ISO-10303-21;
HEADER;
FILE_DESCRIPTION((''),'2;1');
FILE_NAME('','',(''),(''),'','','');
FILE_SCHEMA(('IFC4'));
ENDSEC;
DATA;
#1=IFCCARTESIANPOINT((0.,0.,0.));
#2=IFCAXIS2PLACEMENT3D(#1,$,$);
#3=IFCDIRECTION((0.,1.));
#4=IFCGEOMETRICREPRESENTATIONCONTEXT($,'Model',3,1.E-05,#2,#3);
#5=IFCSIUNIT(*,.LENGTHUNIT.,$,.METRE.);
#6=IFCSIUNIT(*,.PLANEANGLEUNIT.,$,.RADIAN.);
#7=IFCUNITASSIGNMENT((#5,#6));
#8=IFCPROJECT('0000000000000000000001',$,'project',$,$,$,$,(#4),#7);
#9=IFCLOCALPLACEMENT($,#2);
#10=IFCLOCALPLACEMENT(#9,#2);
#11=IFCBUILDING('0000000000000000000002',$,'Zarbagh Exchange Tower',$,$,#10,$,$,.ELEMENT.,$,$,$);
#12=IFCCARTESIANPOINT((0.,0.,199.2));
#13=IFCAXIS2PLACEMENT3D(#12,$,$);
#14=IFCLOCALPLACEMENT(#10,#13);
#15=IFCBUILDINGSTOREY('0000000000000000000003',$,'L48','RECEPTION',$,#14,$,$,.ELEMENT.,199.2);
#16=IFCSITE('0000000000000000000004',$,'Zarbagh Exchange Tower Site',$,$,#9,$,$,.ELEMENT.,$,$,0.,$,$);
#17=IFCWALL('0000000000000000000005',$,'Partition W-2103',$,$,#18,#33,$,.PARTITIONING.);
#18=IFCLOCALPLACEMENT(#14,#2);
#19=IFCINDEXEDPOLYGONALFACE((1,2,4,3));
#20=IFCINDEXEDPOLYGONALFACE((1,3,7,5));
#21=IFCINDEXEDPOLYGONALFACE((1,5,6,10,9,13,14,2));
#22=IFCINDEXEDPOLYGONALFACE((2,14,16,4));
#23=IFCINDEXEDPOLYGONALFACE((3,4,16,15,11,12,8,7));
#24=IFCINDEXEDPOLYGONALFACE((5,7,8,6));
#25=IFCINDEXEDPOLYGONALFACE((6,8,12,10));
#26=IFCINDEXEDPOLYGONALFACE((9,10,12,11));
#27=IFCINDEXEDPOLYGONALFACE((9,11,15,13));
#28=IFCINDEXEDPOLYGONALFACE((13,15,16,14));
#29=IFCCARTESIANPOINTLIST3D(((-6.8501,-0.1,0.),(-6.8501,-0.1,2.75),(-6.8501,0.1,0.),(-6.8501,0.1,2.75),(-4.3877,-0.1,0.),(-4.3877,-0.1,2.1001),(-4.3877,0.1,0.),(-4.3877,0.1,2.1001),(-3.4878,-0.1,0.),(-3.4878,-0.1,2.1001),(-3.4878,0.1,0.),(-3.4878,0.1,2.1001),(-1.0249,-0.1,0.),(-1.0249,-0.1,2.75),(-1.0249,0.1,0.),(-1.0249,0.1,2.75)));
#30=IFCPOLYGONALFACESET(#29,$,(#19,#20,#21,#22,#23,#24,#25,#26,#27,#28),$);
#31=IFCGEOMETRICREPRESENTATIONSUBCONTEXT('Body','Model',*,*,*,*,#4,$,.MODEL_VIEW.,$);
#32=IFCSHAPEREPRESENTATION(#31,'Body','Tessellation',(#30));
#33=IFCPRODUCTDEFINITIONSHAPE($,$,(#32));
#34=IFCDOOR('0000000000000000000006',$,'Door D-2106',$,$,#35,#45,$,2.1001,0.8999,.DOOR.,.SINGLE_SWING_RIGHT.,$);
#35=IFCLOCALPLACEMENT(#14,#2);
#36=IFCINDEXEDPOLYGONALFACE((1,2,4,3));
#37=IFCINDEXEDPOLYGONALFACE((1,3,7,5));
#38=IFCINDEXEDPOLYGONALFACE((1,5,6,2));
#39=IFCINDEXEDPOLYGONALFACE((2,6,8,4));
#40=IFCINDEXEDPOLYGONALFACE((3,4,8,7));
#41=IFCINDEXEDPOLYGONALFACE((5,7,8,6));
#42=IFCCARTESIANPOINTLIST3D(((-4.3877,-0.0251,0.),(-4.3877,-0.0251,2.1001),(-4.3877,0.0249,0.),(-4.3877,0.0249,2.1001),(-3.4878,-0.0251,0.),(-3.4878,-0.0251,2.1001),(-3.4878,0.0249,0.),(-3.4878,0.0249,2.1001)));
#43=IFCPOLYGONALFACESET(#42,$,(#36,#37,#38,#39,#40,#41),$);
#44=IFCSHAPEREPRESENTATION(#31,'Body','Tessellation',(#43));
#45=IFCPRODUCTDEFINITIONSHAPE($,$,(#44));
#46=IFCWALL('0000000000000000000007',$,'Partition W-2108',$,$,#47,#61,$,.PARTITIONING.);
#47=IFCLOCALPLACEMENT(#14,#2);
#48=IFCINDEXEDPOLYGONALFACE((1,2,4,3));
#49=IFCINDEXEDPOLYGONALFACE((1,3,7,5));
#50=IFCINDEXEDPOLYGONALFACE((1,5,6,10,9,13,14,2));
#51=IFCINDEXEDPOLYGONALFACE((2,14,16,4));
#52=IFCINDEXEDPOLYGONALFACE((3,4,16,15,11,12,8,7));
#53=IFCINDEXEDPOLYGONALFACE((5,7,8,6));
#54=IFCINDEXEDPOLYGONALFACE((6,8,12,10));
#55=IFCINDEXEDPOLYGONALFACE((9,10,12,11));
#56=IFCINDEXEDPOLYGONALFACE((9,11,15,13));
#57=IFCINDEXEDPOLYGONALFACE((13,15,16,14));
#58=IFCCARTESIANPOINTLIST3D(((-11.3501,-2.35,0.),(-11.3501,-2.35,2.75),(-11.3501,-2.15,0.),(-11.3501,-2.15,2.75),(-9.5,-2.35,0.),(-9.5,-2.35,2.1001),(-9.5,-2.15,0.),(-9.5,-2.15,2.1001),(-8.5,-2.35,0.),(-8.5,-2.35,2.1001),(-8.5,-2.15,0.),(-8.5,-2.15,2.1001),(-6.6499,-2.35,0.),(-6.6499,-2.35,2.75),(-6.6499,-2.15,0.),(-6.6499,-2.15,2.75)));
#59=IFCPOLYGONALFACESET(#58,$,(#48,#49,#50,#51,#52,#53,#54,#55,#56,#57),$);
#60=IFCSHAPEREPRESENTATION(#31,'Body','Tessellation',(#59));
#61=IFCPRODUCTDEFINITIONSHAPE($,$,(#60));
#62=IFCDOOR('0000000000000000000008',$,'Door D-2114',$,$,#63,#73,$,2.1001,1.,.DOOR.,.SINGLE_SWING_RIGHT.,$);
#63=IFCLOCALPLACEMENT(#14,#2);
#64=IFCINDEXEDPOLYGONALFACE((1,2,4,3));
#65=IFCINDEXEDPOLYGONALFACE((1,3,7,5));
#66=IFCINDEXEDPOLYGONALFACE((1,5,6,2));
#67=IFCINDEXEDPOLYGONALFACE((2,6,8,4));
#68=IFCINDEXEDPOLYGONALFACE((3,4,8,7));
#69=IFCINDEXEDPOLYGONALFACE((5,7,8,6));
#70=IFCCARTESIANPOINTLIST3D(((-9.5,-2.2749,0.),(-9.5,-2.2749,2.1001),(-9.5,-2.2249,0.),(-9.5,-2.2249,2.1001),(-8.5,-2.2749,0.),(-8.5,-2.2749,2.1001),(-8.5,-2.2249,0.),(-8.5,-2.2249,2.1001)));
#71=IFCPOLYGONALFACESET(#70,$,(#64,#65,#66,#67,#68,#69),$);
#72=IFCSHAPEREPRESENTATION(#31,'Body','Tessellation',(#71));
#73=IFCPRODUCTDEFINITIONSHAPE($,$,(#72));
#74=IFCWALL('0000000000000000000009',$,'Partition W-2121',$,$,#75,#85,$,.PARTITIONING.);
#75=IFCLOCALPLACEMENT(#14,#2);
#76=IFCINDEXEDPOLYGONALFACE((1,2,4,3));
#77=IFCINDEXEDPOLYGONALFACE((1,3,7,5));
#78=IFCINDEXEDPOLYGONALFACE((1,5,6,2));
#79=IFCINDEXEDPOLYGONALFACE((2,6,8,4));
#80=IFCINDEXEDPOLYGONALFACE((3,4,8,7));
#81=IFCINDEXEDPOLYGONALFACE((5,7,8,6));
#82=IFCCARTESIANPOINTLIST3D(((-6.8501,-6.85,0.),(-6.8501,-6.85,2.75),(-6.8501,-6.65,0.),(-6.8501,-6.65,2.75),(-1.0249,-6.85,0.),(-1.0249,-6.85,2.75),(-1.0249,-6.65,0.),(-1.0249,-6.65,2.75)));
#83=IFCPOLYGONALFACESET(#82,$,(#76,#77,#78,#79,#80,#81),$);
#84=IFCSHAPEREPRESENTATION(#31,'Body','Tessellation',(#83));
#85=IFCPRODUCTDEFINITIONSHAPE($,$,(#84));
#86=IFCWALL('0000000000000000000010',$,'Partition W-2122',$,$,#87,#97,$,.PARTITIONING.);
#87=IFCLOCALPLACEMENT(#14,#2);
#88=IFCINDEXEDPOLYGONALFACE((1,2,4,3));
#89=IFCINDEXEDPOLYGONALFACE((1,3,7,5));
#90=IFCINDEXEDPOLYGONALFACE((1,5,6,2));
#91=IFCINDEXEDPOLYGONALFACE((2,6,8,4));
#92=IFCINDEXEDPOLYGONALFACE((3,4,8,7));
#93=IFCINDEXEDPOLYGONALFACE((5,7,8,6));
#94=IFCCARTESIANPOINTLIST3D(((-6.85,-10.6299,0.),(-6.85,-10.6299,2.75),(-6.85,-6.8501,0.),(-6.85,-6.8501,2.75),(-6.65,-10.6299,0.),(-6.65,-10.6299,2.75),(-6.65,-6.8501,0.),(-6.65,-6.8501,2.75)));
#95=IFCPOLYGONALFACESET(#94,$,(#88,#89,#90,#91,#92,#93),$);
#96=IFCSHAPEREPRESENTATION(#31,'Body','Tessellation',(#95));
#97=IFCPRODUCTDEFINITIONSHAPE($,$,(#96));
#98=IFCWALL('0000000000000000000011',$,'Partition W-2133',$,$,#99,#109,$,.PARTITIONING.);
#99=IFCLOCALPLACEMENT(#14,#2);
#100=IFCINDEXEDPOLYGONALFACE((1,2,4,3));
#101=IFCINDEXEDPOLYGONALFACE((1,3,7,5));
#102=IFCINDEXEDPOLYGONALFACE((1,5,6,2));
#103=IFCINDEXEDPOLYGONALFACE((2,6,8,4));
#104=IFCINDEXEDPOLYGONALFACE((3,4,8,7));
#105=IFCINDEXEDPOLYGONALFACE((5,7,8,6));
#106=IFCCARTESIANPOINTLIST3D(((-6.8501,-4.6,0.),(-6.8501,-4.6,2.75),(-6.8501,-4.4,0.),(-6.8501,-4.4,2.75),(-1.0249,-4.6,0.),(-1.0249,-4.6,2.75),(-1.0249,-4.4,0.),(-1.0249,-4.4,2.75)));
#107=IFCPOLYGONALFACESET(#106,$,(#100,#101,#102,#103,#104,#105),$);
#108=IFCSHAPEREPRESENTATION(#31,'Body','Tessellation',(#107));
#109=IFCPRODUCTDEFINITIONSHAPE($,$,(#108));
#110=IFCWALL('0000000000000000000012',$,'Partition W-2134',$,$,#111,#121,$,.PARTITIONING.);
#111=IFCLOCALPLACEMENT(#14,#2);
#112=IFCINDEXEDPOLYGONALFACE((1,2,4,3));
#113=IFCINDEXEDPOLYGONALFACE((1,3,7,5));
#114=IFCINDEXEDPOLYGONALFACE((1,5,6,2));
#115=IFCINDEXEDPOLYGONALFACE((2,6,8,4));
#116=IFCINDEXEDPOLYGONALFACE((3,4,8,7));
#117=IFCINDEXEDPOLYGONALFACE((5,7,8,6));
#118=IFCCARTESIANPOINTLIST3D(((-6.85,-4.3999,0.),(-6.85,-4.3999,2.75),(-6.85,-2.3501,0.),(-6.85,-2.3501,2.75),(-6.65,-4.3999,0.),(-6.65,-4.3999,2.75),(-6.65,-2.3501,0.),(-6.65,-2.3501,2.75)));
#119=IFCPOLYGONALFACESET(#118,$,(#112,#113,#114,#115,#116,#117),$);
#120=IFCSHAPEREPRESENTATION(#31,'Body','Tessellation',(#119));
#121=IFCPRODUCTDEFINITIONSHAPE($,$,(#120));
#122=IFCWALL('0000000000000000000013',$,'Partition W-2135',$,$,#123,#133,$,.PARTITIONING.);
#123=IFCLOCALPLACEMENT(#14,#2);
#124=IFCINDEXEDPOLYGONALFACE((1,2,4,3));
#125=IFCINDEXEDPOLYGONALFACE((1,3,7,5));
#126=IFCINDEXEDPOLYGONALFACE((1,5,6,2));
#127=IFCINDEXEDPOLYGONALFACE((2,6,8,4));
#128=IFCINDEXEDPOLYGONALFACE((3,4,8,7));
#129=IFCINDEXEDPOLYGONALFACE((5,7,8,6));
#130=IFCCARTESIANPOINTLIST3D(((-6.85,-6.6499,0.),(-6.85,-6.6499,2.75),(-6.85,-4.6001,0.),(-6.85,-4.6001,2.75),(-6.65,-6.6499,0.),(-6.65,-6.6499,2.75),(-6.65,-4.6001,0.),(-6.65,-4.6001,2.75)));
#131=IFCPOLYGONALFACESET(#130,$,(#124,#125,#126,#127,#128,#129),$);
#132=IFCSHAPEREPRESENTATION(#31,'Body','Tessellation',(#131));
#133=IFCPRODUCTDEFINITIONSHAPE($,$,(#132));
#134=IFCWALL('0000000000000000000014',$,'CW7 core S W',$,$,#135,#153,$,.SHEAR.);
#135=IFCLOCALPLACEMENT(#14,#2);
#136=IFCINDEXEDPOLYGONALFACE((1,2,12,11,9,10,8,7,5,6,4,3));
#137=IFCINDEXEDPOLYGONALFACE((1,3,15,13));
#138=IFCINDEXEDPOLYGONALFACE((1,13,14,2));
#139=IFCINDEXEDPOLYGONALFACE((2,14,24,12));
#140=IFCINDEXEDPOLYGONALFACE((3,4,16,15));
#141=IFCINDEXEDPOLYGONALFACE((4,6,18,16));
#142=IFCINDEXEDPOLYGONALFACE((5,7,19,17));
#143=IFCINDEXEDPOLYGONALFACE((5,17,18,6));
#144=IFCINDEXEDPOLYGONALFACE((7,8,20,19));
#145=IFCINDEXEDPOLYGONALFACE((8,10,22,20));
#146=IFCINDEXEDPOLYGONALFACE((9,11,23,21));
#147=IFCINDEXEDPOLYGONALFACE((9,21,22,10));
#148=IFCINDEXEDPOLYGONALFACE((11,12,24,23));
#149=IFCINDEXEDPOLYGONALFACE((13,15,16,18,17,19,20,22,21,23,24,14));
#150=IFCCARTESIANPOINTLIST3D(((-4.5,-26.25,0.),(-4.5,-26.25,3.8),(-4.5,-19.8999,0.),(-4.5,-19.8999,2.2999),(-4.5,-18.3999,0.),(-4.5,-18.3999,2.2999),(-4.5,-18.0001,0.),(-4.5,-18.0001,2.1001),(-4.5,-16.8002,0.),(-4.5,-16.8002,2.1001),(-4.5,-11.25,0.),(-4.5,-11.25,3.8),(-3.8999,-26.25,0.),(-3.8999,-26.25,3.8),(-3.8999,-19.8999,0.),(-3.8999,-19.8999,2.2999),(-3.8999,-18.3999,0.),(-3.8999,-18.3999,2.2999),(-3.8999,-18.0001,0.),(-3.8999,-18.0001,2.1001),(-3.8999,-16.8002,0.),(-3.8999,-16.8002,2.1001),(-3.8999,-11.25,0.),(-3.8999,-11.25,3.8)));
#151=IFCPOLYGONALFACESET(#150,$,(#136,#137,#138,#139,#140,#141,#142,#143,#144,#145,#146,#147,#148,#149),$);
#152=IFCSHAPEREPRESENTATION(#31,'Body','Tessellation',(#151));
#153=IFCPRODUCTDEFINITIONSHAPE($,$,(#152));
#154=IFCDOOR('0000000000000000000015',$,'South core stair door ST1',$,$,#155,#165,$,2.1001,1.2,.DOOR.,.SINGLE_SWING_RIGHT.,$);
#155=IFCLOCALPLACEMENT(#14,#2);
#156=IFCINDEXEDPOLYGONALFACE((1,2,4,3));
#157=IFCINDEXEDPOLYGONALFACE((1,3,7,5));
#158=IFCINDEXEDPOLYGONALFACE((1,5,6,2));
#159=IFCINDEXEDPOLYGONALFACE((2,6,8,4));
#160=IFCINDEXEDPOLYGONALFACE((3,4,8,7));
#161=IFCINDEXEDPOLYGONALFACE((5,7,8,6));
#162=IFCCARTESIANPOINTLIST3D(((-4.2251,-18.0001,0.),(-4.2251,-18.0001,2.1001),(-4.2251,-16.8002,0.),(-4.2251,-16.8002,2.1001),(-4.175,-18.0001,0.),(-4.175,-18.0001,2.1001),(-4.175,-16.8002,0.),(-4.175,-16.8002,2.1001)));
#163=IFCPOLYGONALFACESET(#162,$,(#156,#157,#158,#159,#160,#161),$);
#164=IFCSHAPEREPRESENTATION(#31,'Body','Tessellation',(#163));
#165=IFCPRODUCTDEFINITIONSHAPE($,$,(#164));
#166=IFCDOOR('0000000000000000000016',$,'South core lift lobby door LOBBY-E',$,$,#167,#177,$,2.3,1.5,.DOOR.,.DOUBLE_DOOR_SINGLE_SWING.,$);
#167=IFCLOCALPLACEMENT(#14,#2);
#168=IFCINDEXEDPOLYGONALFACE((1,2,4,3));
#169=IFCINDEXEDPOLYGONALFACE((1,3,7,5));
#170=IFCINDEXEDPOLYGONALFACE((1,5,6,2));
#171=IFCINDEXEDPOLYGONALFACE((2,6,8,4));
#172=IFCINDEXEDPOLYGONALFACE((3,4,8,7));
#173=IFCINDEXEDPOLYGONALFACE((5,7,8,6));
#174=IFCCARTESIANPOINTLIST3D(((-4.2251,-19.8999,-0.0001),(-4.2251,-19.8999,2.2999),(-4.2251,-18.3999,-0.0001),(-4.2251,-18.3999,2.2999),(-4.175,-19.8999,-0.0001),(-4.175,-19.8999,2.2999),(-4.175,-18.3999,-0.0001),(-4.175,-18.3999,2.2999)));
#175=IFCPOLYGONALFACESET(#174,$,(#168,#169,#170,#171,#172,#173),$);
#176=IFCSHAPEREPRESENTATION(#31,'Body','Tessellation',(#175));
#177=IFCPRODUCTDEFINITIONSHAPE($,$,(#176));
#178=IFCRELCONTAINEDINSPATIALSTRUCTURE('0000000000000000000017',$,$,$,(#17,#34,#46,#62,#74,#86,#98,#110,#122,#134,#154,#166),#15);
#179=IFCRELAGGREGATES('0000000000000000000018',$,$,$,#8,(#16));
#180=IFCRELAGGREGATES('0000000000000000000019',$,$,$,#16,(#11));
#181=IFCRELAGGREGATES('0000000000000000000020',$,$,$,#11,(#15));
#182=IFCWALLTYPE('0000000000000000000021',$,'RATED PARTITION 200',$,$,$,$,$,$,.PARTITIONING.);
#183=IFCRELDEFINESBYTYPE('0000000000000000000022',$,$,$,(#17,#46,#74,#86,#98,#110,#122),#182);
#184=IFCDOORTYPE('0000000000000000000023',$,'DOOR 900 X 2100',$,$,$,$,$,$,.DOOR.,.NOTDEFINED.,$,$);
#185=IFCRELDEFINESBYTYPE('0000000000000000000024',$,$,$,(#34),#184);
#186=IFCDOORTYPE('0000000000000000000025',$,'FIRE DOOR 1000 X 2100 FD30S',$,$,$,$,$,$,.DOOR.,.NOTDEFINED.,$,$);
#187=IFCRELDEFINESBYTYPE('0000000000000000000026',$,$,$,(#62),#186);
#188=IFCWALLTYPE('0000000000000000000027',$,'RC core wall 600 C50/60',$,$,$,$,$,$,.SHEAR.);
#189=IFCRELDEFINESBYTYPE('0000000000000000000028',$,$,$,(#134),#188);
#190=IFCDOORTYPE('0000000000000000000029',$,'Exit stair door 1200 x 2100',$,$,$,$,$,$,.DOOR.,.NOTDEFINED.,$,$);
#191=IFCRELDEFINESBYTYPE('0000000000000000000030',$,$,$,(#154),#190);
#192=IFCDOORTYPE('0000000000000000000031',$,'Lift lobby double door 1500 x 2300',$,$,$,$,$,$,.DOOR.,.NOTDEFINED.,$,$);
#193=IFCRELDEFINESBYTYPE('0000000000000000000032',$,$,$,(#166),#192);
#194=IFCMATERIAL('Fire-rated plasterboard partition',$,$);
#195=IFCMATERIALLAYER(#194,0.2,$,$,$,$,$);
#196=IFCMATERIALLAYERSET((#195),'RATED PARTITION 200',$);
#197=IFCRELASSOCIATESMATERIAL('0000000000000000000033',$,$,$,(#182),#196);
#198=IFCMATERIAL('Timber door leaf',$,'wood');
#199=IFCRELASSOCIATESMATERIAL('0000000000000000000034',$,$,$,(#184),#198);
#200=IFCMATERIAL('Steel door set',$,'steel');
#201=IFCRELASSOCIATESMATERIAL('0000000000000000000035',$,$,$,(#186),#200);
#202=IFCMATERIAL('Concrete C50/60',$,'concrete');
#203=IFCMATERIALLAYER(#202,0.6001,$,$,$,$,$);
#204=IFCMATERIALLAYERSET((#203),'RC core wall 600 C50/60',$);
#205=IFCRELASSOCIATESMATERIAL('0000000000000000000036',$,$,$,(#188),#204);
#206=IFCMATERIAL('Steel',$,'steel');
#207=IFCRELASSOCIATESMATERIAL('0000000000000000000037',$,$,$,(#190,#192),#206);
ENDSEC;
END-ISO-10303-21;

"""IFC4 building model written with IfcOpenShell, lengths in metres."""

from ifc_helpers import new_model, si_unit, direction, frame, frame_2d, origin, place, context, subcontext, project, spatial, rectangle, extrude, material, layer, layer_set, type_object, element, fill, save


model = new_model("IFC4")

# Units and contexts
model_context = context("Model", 3, precision=1e-05, world=origin(), true_north=direction((0.0, 1.0)))
body_context = subcontext(model_context, "Body", "Model", "MODEL_VIEW")
ifc_project = project(units=[si_unit("LENGTHUNIT", "METRE"), si_unit("PLANEANGLEUNIT", "RADIAN")], contexts=[model_context])

# Site, building, storey
site_placement = place(None, origin())
site = spatial("IfcSite", under=ifc_project, at=site_placement, Name="Zarbagh Exchange Tower Site", CompositionType="ELEMENT", RefElevation=0.0)
building_placement = place(site_placement, origin())
building = spatial("IfcBuilding", under=site, at=building_placement, Name="Zarbagh Exchange Tower", CompositionType="ELEMENT")
storey_placement = place(building_placement, frame((0.0, 0.0, 199.2)))
storey = spatial("IfcBuildingStorey", under=building, at=storey_placement, Name="L48", Description="RECEPTION", CompositionType="ELEMENT", Elevation=199.2)

# Shared definitions
ifc_material_1 = material(Name="Concrete C50/60", Category="concrete")

# Walls, openings, doors
ifc_material_2 = material(Name="Fire-rated plasterboard partition")
ifc_layer_1 = layer(ifc_material_2, 0.2)
ifc_layer_set_1 = layer_set([ifc_layer_1], Name="RATED PARTITION 200")
wall_type_1 = type_object("IfcWallType", Name="RATED PARTITION 200", PredefinedType="PARTITIONING", material=ifc_layer_set_1)
wall_1_placement = place(storey_placement, frame((-6.8501, 0.0, 0.0), z_axis=(0.0, 0.0, 1.0), x_axis=(1.0, 0.0, 0.0)))
wall_1 = element("IfcWall", 1, at=wall_1_placement, inside=storey, type_object=wall_type_1, Name="Partition W-2103", PredefinedType="PARTITIONING", context=body_context, shape_type="SweptSolid", body=[
    extrude(rectangle(XDim=5.8252, YDim=0.2, at=frame_2d((2.9126, 0.0))), origin(), (0.0, 0.0, 1.0), 2.75),
])
opening_1_placement = place(wall_1_placement, frame((2.4624, 0.0, 0.0)))
opening_1 = element("IfcOpeningElement", 2, at=opening_1_placement, cuts=wall_1, PredefinedType="OPENING", context=body_context, shape_type="SweptSolid", body=[
    extrude(rectangle(XDim=0.8999, YDim=2.1001, at=frame_2d((0.45, 1.05))), frame((0.0, 0.1099, 0.0), z_axis=(0.0, -1.0, 0.0), x_axis=(1.0, 0.0, 0.0)), (0.0, 0.0, 1.0), 0.22),
])
ifc_material_3 = material(Name="Timber door leaf", Category="wood")
door_type_1 = type_object("IfcDoorType", Name="DOOR 900 X 2100", OperationType="NOTDEFINED", PredefinedType="DOOR", material=ifc_material_3)
door_1_placement = place(opening_1_placement, origin())
door_1 = element("IfcDoor", 3, at=door_1_placement, inside=storey, type_object=door_type_1, Name="Door D-2106", OperationType="SINGLE_SWING_RIGHT", OverallHeight=2.1001, OverallWidth=0.8999, PredefinedType="DOOR", context=body_context, shape_type="SweptSolid", body=[
    extrude(rectangle(XDim=0.8999, YDim=2.1001, at=frame_2d((0.45, 1.05))), frame((0.0, 0.0249, 0.0), z_axis=(0.0, -1.0, 0.0), x_axis=(1.0, 0.0, 0.0)), (0.0, 0.0, 1.0), 0.05),
])
fill(opening_1, door_1)
wall_2_placement = place(storey_placement, frame((-6.6499, -2.25, 0.0), z_axis=(0.0, 0.0, 1.0), x_axis=(-1.0, 0.0, 0.0)))
wall_2 = element("IfcWall", 4, at=wall_2_placement, inside=storey, type_object=wall_type_1, Name="Partition W-2108", PredefinedType="PARTITIONING", context=body_context, shape_type="SweptSolid", body=[
    extrude(rectangle(XDim=4.7002, YDim=0.2, at=frame_2d((2.3501, 0.0))), origin(), (0.0, 0.0, 1.0), 2.75),
])
opening_2_placement = place(wall_2_placement, frame((1.8501, 0.0, 0.0)))
opening_2 = element("IfcOpeningElement", 5, at=opening_2_placement, cuts=wall_2, PredefinedType="OPENING", context=body_context, shape_type="SweptSolid", body=[
    extrude(rectangle(XDim=1.0, YDim=2.1001, at=frame_2d((0.5, 1.05))), frame((0.0, 0.1099, 0.0), z_axis=(0.0, -1.0, 0.0), x_axis=(1.0, 0.0, 0.0)), (0.0, 0.0, 1.0), 0.22),
])
ifc_material_4 = material(Name="Steel door set", Category="steel")
door_type_2 = type_object("IfcDoorType", Name="FIRE DOOR 1000 X 2100 FD30S", OperationType="NOTDEFINED", PredefinedType="DOOR", material=ifc_material_4)
door_2_placement = place(opening_2_placement, origin())
door_2 = element("IfcDoor", 6, at=door_2_placement, inside=storey, type_object=door_type_2, Name="Door D-2114", OperationType="SINGLE_SWING_RIGHT", OverallHeight=2.1001, OverallWidth=1.0, PredefinedType="DOOR", context=body_context, shape_type="SweptSolid", body=[
    extrude(rectangle(XDim=1.0, YDim=2.1001, at=frame_2d((0.5, 1.05))), frame((0.0, 0.0249, 0.0), z_axis=(0.0, -1.0, 0.0), x_axis=(1.0, 0.0, 0.0)), (0.0, 0.0, 1.0), 0.05),
])
fill(opening_2, door_2)

# Walls
wall_3_placement = place(storey_placement, frame((-6.8501, -6.75, 0.0), z_axis=(0.0, 0.0, 1.0), x_axis=(1.0, 0.0, 0.0)))
element("IfcWall", 7, at=wall_3_placement, inside=storey, type_object=wall_type_1, Name="Partition W-2121", PredefinedType="PARTITIONING", context=body_context, shape_type="SweptSolid", body=[
    extrude(rectangle(XDim=5.8252, YDim=0.2, at=frame_2d((2.9126, 0.0))), origin(), (0.0, 0.0, 1.0), 2.75),
])
wall_4_placement = place(storey_placement, frame((-6.75, -10.6299, 0.0), z_axis=(0.0, 0.0, 1.0), x_axis=(0.0, 1.0, 0.0)))
element("IfcWall", 8, at=wall_4_placement, inside=storey, type_object=wall_type_1, Name="Partition W-2122", PredefinedType="PARTITIONING", context=body_context, shape_type="SweptSolid", body=[
    extrude(rectangle(XDim=3.7798, YDim=0.2, at=frame_2d((1.8899, 0.0))), origin(), (0.0, 0.0, 1.0), 2.75),
])
wall_5_placement = place(storey_placement, frame((-6.8501, -4.5, 0.0), z_axis=(0.0, 0.0, 1.0), x_axis=(1.0, 0.0, 0.0)))
element("IfcWall", 9, at=wall_5_placement, inside=storey, type_object=wall_type_1, Name="Partition W-2133", PredefinedType="PARTITIONING", context=body_context, shape_type="SweptSolid", body=[
    extrude(rectangle(XDim=5.8252, YDim=0.2, at=frame_2d((2.9126, 0.0))), origin(), (0.0, 0.0, 1.0), 2.75),
])
for number, where, z_axis, x_axis, name in (
    (10, (-6.75, -4.3999, 0.0), (0.0, 0.0, 1.0), (0.0, 1.0, 0.0), "Partition W-2134"),
    (11, (-6.75, -6.6499, 0.0), (0.0, 0.0, 1.0), (0.0, 1.0, 0.0), "Partition W-2135"),
):
    element("IfcWall", number, at=place(storey_placement, frame(where, z_axis=z_axis, x_axis=x_axis)), inside=storey, type_object=wall_type_1, Name=name, PredefinedType="PARTITIONING", context=body_context, shape_type="SweptSolid", body=[
        extrude(rectangle(XDim=2.0498, YDim=0.2, at=frame_2d((1.0249, 0.0))), origin(), (0.0, 0.0, 1.0), 2.75),
    ])

# Wall, openings, doors
ifc_layer_2 = layer(ifc_material_1, 0.6001)
ifc_layer_set_2 = layer_set([ifc_layer_2], Name="RC core wall 600 C50/60")
wall_type_2 = type_object("IfcWallType", Name="RC core wall 600 C50/60", PredefinedType="SHEAR", material=ifc_layer_set_2)
wall_6_placement = place(storey_placement, frame((-4.2, -11.25, 0.0), z_axis=(0.0, 0.0, 1.0), x_axis=(0.0, -1.0, 0.0)))
wall_6 = element("IfcWall", 12, at=wall_6_placement, inside=storey, type_object=wall_type_2, Name="CW7 core S W", PredefinedType="SHEAR", context=body_context, shape_type="SweptSolid", body=[
    extrude(rectangle(XDim=15.0, YDim=0.6001, at=frame_2d((7.5, 0.0))), origin(), (0.0, 0.0, 1.0), 3.8),
])
opening_3_placement = place(wall_6_placement, frame((7.1499, 0.0, 0.0)))
opening_3 = element("IfcOpeningElement", 13, at=opening_3_placement, cuts=wall_6, PredefinedType="OPENING", context=body_context, shape_type="SweptSolid", body=[
    extrude(rectangle(XDim=1.5, YDim=2.3, at=frame_2d((0.75, 1.1499))), frame((0.0, 0.3101, 0.0), z_axis=(0.0, -1.0, 0.0), x_axis=(1.0, 0.0, 0.0)), (0.0, 0.0, 1.0), 0.6201),
])
opening_4_placement = place(wall_6_placement, frame((5.55, 0.0, 0.0)))
opening_4 = element("IfcOpeningElement", 14, at=opening_4_placement, cuts=wall_6, PredefinedType="OPENING", context=body_context, shape_type="SweptSolid", body=[
    extrude(rectangle(XDim=1.2, YDim=2.1001, at=frame_2d((0.6001, 1.05))), frame((0.0, 0.3101, 0.0), z_axis=(0.0, -1.0, 0.0), x_axis=(1.0, 0.0, 0.0)), (0.0, 0.0, 1.0), 0.6201),
])
ifc_material_5 = material(Name="Steel", Category="steel")
door_type_3 = type_object("IfcDoorType", Name="Exit stair door 1200 x 2100", OperationType="NOTDEFINED", PredefinedType="DOOR", material=ifc_material_5)
door_3_placement = place(opening_4_placement, origin())
door_3 = element("IfcDoor", 15, at=door_3_placement, inside=storey, type_object=door_type_3, Name="South core stair door ST1", OperationType="SINGLE_SWING_RIGHT", OverallHeight=2.1001, OverallWidth=1.2, PredefinedType="DOOR", context=body_context, shape_type="SweptSolid", body=[
    extrude(rectangle(XDim=1.2, YDim=2.1001, at=frame_2d((0.6001, 1.05))), frame((0.0, 0.0249, 0.0), z_axis=(0.0, -1.0, 0.0), x_axis=(1.0, 0.0, 0.0)), (0.0, 0.0, 1.0), 0.05),
])
fill(opening_4, door_3)
door_type_4 = type_object("IfcDoorType", Name="Lift lobby double door 1500 x 2300", OperationType="NOTDEFINED", PredefinedType="DOOR", material=ifc_material_5)
door_4_placement = place(opening_3_placement, origin())
door_4 = element("IfcDoor", 16, at=door_4_placement, inside=storey, type_object=door_type_4, Name="South core lift lobby door LOBBY-E", OperationType="DOUBLE_DOOR_SINGLE_SWING", OverallHeight=2.3, OverallWidth=1.5, PredefinedType="DOOR", context=body_context, shape_type="SweptSolid", body=[
    extrude(rectangle(XDim=1.5, YDim=2.3, at=frame_2d((0.75, 1.1499))), frame((0.0, 0.0249, 0.0), z_axis=(0.0, -1.0, 0.0), x_axis=(1.0, 0.0, 0.0)), (0.0, 0.0, 1.0), 0.05),
])
fill(opening_3, door_4)

save(model, "model.ifc")
